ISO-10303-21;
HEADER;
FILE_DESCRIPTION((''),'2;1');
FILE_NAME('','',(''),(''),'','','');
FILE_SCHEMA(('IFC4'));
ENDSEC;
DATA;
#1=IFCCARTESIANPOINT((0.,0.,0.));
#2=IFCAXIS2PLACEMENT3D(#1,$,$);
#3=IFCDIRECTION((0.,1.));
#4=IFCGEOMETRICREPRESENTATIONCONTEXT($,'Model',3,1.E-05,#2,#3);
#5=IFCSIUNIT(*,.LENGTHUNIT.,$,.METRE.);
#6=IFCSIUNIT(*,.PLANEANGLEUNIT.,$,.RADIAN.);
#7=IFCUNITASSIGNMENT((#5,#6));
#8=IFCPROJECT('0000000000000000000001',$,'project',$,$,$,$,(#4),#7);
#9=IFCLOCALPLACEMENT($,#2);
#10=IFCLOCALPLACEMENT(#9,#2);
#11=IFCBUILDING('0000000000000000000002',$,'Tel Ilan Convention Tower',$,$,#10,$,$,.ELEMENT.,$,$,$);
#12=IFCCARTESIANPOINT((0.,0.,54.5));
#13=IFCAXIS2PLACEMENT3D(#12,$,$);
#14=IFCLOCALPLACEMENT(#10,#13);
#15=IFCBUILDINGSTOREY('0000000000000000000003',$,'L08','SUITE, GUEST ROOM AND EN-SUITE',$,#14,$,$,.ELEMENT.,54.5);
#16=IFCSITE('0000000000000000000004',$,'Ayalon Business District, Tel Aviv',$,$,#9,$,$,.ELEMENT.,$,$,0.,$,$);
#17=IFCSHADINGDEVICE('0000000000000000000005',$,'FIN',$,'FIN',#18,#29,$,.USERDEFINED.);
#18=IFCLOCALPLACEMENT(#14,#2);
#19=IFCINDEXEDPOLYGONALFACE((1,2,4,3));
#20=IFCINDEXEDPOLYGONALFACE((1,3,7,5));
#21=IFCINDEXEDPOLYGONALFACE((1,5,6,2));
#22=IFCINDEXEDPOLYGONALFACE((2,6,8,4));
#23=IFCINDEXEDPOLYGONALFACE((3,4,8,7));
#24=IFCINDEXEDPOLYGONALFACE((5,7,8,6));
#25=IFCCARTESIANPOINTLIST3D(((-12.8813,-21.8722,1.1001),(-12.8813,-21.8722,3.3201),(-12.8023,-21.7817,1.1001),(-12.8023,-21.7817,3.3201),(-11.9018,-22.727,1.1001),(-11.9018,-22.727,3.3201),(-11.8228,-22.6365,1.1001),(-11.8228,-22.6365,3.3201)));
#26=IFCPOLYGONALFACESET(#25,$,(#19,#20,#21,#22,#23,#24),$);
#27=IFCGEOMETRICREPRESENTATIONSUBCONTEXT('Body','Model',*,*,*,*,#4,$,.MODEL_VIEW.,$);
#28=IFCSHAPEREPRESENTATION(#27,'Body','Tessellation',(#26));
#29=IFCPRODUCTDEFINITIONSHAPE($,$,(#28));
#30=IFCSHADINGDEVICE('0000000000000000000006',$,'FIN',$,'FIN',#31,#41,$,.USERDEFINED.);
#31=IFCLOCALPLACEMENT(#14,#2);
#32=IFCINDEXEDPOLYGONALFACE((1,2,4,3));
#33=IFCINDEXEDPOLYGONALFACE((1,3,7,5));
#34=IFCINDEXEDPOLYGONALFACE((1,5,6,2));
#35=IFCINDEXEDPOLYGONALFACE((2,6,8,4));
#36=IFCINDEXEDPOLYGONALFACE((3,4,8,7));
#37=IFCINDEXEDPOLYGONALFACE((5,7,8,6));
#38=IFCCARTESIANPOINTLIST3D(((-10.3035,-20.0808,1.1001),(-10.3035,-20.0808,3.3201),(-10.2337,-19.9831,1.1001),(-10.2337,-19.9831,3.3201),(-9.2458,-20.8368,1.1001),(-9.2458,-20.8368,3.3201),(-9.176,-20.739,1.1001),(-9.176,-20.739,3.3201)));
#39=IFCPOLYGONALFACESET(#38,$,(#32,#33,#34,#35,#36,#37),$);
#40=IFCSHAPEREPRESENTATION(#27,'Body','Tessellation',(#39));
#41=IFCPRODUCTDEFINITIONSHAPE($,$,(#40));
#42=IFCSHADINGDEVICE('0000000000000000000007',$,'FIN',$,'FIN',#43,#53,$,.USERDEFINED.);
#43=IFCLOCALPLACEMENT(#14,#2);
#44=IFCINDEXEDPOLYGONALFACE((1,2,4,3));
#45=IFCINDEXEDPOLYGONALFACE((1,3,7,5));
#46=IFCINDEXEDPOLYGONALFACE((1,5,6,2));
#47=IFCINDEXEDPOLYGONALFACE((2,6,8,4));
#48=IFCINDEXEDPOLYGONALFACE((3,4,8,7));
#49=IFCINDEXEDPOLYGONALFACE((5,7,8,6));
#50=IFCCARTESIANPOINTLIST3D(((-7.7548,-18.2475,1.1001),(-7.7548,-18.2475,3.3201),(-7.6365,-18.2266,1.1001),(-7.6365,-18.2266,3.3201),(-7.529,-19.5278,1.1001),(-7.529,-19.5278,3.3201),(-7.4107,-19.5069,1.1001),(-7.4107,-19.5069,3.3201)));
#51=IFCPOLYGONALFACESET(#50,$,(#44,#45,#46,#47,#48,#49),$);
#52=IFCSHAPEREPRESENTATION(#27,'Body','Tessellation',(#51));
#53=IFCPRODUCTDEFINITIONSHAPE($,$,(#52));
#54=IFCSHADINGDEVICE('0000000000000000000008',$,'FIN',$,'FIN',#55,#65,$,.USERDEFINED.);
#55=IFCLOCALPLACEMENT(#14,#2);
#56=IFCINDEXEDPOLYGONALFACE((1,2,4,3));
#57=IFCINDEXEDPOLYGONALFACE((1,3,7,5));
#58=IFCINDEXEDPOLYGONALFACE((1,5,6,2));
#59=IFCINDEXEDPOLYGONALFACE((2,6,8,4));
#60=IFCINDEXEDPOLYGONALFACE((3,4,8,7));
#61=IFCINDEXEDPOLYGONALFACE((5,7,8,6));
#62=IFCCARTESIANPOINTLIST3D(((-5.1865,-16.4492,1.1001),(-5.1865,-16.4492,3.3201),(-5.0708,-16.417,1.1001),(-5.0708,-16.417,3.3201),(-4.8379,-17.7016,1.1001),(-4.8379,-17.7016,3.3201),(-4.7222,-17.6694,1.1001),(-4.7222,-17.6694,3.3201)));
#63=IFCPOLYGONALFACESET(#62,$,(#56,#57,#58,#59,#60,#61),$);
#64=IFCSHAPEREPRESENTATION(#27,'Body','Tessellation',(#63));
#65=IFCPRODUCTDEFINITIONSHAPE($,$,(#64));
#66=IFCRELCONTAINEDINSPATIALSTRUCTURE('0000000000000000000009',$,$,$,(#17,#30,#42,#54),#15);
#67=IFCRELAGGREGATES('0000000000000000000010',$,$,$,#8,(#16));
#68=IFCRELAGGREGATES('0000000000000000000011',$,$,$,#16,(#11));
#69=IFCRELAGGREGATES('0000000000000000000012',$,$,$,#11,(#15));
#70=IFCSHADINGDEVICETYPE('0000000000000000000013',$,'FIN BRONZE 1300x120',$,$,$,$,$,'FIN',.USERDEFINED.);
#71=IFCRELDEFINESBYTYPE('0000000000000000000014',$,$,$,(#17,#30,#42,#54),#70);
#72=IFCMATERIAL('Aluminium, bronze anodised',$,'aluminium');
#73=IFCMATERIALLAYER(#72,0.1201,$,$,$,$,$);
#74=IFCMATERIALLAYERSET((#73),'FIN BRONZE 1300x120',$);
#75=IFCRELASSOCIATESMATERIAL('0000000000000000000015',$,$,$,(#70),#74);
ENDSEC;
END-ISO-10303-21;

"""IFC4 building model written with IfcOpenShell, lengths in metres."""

from ifc_helpers import new_model, si_unit, direction, frame, origin, origin_2d, place, context, subcontext, project, spatial, rectangle, extrude, material, layer, layer_set, type_object, element, save


model = new_model("IFC4")

# Units and contexts
model_context = context("Model", 3, precision=1e-05, world=origin(), true_north=direction((0.0, 1.0)))
body_context = subcontext(model_context, "Body", "Model", "MODEL_VIEW")
ifc_project = project(units=[si_unit("LENGTHUNIT", "METRE"), si_unit("PLANEANGLEUNIT", "RADIAN")], contexts=[model_context])

# Site, building, storey
site_placement = place(None, origin())
site = spatial("IfcSite", under=ifc_project, at=site_placement, Name="Ayalon Business District, Tel Aviv", CompositionType="ELEMENT", RefElevation=0.0)
building_placement = place(site_placement, origin())
building = spatial("IfcBuilding", under=site, at=building_placement, Name="Tel Ilan Convention Tower", CompositionType="ELEMENT")
storey_placement = place(building_placement, frame((0.0, 0.0, 54.5)))
storey = spatial("IfcBuildingStorey", under=building, at=storey_placement, Name="L08", Description="SUITE, GUEST ROOM AND EN-SUITE", CompositionType="ELEMENT", Elevation=54.5)

# Shading devices
ifc_material_1 = material(Name="Aluminium, bronze anodised", Category="aluminium")
ifc_layer_1 = layer(ifc_material_1, 0.1201)
ifc_layer_set_1 = layer_set([ifc_layer_1], Name="FIN BRONZE 1300x120")
shading_device_type = type_object("IfcShadingDeviceType", Name="FIN BRONZE 1300x120", ElementType="FIN", PredefinedType="USERDEFINED", material=ifc_layer_set_1)
for number, where, z_axis, x_axis, name in (
    (1, (-12.3521, -22.2544, 1.1001), (0.0, 0.0, 1.0), (0.753436, -0.657521, 0.0), "FIN"),
    (2, (-9.7397, -20.4099, 1.1001), (0.0, 0.0, 1.0), (0.813552, -0.581492, 0.0), "FIN"),
    (3, (-7.5828, -18.8772, 1.1001), (0.0, 0.0, 1.0), (0.173648, -0.984808, 0.0), "FIN"),
    (4, (-4.9543, -17.0593, 1.1001), (0.0, 0.0, 1.0), (0.268173, -0.963371, 0.0), "FIN"),
):
    element("IfcShadingDevice", number, at=place(storey_placement, frame(where, z_axis=z_axis, x_axis=x_axis)), inside=storey, type_object=shading_device_type, Name=name, ObjectType="FIN", PredefinedType="USERDEFINED", context=body_context, shape_type="SweptSolid", body=[
        extrude(rectangle(XDim=1.3, YDim=0.1201, at=origin_2d()), origin(), (0.0, 0.0, 1.0), 2.22),
    ])

save(model, "model.ifc")
